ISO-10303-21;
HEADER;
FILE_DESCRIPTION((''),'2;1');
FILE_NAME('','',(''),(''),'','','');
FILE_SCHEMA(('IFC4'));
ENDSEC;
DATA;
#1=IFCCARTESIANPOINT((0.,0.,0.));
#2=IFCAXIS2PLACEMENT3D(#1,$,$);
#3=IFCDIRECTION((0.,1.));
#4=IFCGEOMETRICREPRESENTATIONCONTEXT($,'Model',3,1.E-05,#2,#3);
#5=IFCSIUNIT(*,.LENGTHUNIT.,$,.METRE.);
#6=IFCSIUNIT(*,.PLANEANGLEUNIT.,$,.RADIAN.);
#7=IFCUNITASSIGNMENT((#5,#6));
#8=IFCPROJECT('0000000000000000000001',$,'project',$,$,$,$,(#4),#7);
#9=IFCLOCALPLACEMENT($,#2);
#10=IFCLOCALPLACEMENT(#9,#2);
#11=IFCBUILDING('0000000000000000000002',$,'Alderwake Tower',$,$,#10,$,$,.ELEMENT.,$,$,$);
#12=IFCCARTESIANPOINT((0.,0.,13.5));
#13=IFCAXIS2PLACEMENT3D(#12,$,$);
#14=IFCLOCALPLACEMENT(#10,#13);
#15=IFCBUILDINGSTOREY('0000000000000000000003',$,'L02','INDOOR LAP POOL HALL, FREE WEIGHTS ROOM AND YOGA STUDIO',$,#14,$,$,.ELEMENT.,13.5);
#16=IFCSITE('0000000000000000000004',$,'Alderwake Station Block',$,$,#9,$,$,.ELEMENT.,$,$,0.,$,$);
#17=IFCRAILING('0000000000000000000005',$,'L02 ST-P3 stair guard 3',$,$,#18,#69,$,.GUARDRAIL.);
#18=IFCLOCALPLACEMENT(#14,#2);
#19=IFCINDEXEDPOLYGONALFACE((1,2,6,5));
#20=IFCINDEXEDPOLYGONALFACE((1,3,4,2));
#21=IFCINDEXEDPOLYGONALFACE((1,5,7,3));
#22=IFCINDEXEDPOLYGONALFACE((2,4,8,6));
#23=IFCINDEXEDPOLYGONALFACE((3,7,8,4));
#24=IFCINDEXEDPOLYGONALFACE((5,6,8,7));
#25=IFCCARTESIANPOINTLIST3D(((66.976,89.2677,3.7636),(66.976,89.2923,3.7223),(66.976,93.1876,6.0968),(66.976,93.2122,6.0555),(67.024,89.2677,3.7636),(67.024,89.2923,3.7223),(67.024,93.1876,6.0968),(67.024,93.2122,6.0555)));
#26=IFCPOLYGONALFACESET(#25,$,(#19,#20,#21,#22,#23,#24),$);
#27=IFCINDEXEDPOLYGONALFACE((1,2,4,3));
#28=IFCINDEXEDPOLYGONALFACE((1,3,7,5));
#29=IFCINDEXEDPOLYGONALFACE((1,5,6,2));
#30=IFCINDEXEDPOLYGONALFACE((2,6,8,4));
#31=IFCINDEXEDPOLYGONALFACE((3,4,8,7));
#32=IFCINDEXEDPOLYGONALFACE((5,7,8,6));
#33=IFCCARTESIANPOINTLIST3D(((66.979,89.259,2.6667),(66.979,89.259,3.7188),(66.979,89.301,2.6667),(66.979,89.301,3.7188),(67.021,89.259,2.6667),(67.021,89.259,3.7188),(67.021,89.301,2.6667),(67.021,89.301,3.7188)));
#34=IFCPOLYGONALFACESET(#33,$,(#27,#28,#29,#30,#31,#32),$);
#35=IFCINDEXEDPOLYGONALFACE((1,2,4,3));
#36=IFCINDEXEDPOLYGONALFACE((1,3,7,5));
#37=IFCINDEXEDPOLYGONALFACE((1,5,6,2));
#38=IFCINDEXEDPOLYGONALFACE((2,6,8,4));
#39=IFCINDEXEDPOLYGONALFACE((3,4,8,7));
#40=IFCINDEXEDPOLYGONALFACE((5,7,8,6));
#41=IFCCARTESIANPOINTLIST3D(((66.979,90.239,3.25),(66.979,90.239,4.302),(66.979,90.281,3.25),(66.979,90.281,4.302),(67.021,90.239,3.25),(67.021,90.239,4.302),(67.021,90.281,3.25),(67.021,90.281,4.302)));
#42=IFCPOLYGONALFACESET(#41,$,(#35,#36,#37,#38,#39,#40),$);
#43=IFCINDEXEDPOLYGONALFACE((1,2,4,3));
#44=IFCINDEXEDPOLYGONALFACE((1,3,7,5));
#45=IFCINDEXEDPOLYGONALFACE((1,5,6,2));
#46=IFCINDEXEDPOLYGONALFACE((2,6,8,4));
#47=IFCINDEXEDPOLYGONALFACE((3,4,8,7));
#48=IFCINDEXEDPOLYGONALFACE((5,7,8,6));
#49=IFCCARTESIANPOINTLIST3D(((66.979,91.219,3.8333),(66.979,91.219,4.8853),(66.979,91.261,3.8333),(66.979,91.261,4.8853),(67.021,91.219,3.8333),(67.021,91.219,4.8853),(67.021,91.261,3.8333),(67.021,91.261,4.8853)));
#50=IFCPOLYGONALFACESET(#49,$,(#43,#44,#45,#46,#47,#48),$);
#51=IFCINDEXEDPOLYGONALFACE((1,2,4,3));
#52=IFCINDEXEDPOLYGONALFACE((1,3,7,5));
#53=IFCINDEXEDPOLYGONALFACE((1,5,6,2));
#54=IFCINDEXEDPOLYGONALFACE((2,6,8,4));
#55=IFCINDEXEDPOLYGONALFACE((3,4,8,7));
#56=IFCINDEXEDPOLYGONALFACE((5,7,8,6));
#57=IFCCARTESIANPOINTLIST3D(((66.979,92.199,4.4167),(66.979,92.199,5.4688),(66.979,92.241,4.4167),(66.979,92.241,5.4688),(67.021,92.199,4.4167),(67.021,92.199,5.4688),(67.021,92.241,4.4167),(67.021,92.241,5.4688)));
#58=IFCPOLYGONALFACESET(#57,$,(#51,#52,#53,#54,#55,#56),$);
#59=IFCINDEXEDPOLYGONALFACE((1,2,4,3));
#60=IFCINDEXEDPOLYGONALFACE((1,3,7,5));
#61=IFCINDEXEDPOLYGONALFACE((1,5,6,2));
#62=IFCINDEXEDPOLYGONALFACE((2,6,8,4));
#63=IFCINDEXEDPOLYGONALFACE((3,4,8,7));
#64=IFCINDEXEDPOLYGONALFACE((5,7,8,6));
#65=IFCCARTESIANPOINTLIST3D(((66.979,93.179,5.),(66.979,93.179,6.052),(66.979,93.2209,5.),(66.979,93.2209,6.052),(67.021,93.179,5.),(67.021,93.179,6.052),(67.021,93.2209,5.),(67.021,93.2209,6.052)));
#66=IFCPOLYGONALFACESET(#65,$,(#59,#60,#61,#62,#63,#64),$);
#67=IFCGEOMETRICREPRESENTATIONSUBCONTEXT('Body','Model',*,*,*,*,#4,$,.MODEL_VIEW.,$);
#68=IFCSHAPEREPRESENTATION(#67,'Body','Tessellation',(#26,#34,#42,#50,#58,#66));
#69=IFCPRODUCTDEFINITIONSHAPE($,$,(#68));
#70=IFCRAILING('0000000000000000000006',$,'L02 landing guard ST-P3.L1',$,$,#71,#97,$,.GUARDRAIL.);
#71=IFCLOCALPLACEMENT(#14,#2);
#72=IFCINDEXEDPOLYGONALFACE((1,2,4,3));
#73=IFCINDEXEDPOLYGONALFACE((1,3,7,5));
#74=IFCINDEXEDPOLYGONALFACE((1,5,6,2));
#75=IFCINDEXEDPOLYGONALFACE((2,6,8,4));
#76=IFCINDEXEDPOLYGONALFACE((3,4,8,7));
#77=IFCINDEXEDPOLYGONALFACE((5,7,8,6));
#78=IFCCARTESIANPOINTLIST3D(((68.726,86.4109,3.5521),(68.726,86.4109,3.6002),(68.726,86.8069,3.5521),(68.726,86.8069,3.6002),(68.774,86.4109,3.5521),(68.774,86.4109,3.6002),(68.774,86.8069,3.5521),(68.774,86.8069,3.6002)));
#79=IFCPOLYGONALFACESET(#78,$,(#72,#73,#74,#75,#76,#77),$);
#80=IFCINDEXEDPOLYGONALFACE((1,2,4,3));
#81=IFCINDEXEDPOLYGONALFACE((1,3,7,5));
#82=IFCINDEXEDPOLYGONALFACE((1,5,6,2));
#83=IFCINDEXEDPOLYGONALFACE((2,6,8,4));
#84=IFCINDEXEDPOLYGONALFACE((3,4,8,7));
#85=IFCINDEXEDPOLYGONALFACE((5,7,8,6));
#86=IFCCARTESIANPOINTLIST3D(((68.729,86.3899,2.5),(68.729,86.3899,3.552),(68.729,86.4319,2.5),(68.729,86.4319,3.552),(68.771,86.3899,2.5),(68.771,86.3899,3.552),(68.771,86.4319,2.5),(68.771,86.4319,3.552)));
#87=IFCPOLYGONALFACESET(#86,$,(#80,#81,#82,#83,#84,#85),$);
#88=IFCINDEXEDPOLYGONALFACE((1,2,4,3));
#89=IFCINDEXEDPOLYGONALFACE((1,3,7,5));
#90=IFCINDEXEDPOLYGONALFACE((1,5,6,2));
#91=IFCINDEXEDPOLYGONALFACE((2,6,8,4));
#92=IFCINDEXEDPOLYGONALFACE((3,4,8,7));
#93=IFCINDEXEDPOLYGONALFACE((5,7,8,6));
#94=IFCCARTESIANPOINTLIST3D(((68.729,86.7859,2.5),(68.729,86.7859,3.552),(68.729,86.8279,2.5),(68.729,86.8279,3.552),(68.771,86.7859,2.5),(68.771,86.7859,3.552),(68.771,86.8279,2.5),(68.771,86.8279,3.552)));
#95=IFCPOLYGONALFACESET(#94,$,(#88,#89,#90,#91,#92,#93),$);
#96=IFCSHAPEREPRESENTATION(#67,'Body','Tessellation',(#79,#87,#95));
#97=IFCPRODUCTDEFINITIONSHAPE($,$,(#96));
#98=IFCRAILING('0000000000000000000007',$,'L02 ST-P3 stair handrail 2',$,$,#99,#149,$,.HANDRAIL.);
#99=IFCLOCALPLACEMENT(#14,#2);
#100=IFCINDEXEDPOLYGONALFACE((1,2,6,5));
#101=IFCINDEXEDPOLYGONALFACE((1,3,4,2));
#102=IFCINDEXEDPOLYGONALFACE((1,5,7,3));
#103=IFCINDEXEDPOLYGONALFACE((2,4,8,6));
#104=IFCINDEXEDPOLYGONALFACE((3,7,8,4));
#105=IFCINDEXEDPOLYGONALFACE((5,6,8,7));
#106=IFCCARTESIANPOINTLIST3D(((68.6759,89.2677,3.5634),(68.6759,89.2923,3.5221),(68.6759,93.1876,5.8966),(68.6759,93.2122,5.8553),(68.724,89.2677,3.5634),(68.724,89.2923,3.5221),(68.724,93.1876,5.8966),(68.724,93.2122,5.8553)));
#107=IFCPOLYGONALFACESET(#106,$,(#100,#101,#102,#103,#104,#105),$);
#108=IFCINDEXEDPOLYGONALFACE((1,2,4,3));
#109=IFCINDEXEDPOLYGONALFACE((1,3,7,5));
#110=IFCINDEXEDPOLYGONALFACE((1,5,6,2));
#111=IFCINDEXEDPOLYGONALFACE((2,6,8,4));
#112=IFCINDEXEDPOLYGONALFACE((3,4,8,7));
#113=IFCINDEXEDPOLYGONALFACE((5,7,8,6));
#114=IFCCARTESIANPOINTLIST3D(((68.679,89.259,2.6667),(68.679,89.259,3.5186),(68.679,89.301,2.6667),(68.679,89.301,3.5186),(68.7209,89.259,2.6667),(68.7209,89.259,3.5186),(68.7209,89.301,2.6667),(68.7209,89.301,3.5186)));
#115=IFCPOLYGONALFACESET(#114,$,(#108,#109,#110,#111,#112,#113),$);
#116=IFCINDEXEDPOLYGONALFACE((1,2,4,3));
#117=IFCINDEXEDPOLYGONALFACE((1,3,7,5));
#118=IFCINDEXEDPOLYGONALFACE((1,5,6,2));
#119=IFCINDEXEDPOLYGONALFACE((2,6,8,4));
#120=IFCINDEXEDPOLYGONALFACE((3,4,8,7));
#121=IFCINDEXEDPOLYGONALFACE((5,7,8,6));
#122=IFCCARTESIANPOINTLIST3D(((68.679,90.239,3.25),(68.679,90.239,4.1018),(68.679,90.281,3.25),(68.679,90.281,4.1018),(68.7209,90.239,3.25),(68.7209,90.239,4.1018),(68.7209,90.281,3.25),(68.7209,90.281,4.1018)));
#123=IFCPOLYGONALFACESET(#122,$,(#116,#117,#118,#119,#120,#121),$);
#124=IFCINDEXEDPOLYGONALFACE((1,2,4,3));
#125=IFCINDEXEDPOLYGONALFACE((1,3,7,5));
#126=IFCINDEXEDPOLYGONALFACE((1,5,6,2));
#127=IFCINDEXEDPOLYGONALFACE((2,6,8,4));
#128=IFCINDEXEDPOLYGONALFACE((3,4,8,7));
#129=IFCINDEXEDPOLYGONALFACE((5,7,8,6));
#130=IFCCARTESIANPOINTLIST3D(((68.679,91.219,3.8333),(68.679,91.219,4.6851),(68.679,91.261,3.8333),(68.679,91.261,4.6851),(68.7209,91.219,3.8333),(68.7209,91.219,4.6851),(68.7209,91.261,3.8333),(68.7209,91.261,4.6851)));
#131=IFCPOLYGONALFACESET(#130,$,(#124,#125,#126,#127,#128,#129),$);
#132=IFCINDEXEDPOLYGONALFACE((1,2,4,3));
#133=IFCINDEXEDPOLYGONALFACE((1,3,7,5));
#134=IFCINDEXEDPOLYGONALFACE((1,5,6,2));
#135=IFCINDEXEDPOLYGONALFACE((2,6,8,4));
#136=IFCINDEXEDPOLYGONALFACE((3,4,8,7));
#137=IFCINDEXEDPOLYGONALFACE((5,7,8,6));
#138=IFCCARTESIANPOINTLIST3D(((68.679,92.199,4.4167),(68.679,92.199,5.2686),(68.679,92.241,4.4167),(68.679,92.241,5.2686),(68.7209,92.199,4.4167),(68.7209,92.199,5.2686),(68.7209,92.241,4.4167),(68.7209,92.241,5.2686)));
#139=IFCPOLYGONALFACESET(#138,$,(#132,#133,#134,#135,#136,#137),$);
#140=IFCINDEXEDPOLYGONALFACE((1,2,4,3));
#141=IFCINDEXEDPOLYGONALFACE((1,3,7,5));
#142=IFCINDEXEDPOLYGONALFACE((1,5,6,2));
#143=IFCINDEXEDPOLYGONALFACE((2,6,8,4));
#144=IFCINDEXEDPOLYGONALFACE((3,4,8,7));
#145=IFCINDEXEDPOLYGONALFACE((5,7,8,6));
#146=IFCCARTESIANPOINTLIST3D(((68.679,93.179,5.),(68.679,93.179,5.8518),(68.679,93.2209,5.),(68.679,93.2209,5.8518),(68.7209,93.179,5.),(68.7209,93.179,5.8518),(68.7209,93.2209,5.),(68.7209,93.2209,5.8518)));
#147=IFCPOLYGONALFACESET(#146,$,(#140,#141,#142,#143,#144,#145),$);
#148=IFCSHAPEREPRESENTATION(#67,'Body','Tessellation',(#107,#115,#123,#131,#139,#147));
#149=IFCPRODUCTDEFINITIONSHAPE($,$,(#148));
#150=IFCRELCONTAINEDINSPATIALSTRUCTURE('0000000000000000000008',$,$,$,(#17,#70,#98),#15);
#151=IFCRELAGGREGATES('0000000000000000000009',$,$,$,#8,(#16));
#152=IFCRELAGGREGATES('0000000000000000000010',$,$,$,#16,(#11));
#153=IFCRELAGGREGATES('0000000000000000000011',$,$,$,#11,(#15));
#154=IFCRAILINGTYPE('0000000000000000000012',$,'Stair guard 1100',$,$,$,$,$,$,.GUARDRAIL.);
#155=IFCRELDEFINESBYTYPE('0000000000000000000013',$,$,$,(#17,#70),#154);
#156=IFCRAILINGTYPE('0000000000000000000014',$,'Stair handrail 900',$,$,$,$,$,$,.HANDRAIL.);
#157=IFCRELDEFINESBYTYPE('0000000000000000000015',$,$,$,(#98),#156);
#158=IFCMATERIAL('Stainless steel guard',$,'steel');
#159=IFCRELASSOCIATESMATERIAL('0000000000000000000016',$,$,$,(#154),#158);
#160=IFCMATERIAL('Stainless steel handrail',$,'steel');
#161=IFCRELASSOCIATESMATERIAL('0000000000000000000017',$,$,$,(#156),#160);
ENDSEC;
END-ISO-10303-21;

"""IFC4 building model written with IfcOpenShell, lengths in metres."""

from ifc_helpers import new_model, si_unit, direction, frame, origin, origin_2d, place, context, subcontext, project, spatial, rectangle, extrude, material, type_object, element, save


model = new_model("IFC4")

# Units and contexts
model_context = context("Model", 3, precision=1e-05, world=origin(), true_north=direction((0.0, 1.0)))
body_context = subcontext(model_context, "Body", "Model", "MODEL_VIEW")
ifc_project = project(units=[si_unit("LENGTHUNIT", "METRE"), si_unit("PLANEANGLEUNIT", "RADIAN")], contexts=[model_context])

# Site, building, storey
site_placement = place(None, origin())
site = spatial("IfcSite", under=ifc_project, at=site_placement, Name="Alderwake Station Block", CompositionType="ELEMENT", RefElevation=0.0)
building_placement = place(site_placement, origin())
building = spatial("IfcBuilding", under=site, at=building_placement, Name="Alderwake Tower", CompositionType="ELEMENT")
storey_placement = place(building_placement, frame((0.0, 0.0, 13.5)))
storey = spatial("IfcBuildingStorey", under=building, at=storey_placement, Name="L02", Description="INDOOR LAP POOL HALL, FREE WEIGHTS ROOM AND YOGA STUDIO", CompositionType="ELEMENT", Elevation=13.5)

# Railings
ifc_material_1 = material(Name="Stainless steel guard", Category="steel")
railing_type_1 = type_object("IfcRailingType", Name="Stair guard 1100", PredefinedType="GUARDRAIL", material=ifc_material_1)
railing_1_placement = place(storey_placement, frame((67.0, 89.28, 2.6667)))
element("IfcRailing", 1, at=railing_1_placement, inside=storey, type_object=railing_type_1, Name="L02 ST-P3 stair guard 3", PredefinedType="GUARDRAIL", context=body_context, shape_type="SweptSolid", body=[
    extrude(rectangle(XDim=0.0481, YDim=0.0481, at=origin_2d()), frame((0.0, 0.0, 1.0762), z_axis=(0.0, 0.859296, 0.511478), x_axis=(-1.0, 0.0, 0.0)), (0.0, 0.0, 1.0), 4.5618),
    extrude(rectangle(XDim=0.042, YDim=0.042, at=origin_2d()), frame((0.0, 0.0, 0.0), z_axis=(0.0, 0.0, 1.0), x_axis=(0.0, 1.0, 0.0)), (0.0, 0.0, 1.0), 1.052),
    extrude(rectangle(XDim=0.042, YDim=0.042, at=origin_2d()), frame((0.0, 0.98, 0.5833), z_axis=(0.0, 0.0, 1.0), x_axis=(0.0, 1.0, 0.0)), (0.0, 0.0, 1.0), 1.052),
    extrude(rectangle(XDim=0.042, YDim=0.042, at=origin_2d()), frame((0.0, 1.96, 1.1665), z_axis=(0.0, 0.0, 1.0), x_axis=(0.0, 1.0, 0.0)), (0.0, 0.0, 1.0), 1.052),
    extrude(rectangle(XDim=0.042, YDim=0.042, at=origin_2d()), frame((0.0, 2.9399, 1.75), z_axis=(0.0, 0.0, 1.0), x_axis=(0.0, 1.0, 0.0)), (0.0, 0.0, 1.0), 1.052),
    extrude(rectangle(XDim=0.042, YDim=0.042, at=origin_2d()), frame((0.0, 3.9199, 2.3333), z_axis=(0.0, 0.0, 1.0), x_axis=(0.0, 1.0, 0.0)), (0.0, 0.0, 1.0), 1.052),
])
railing_2_placement = place(storey_placement, frame((68.75, 86.4109, 2.5)))
element("IfcRailing", 2, at=railing_2_placement, inside=storey, type_object=railing_type_1, Name="L02 landing guard ST-P3.L1", PredefinedType="GUARDRAIL", context=body_context, shape_type="SweptSolid", body=[
    extrude(rectangle(XDim=0.0481, YDim=0.0481, at=origin_2d()), frame((0.0, 0.0, 1.0762), z_axis=(0.0, 1.0, 0.0), x_axis=(-1.0, 0.0, 0.0)), (0.0, 0.0, 1.0), 0.396),
    extrude(rectangle(XDim=0.042, YDim=0.042, at=origin_2d()), frame((0.0, 0.0, 0.0), z_axis=(0.0, 0.0, 1.0), x_axis=(0.0, 1.0, 0.0)), (0.0, 0.0, 1.0), 1.052),
    extrude(rectangle(XDim=0.042, YDim=0.042, at=origin_2d()), frame((0.0, 0.396, 0.0), z_axis=(0.0, 0.0, 1.0), x_axis=(0.0, 1.0, 0.0)), (0.0, 0.0, 1.0), 1.052),
])
ifc_material_2 = material(Name="Stainless steel handrail", Category="steel")
railing_type_2 = type_object("IfcRailingType", Name="Stair handrail 900", PredefinedType="HANDRAIL", material=ifc_material_2)
railing_3_placement = place(storey_placement, frame((68.7, 89.28, 2.6667)))
element("IfcRailing", 3, at=railing_3_placement, inside=storey, type_object=railing_type_2, Name="L02 ST-P3 stair handrail 2", PredefinedType="HANDRAIL", context=body_context, shape_type="SweptSolid", body=[
    extrude(rectangle(XDim=0.0481, YDim=0.0481, at=origin_2d()), frame((0.0, 0.0, 0.876), z_axis=(0.0, 0.859296, 0.511478), x_axis=(-1.0, 0.0, 0.0)), (0.0, 0.0, 1.0), 4.5618),
    extrude(rectangle(XDim=0.042, YDim=0.042, at=origin_2d()), frame((0.0, 0.0, 0.0), z_axis=(0.0, 0.0, 1.0), x_axis=(0.0, 1.0, 0.0)), (0.0, 0.0, 1.0), 0.8518),
    extrude(rectangle(XDim=0.042, YDim=0.042, at=origin_2d()), frame((0.0, 0.98, 0.5833), z_axis=(0.0, 0.0, 1.0), x_axis=(0.0, 1.0, 0.0)), (0.0, 0.0, 1.0), 0.8518),
    extrude(rectangle(XDim=0.042, YDim=0.042, at=origin_2d()), frame((0.0, 1.96, 1.1665), z_axis=(0.0, 0.0, 1.0), x_axis=(0.0, 1.0, 0.0)), (0.0, 0.0, 1.0), 0.8518),
    extrude(rectangle(XDim=0.042, YDim=0.042, at=origin_2d()), frame((0.0, 2.9399, 1.75), z_axis=(0.0, 0.0, 1.0), x_axis=(0.0, 1.0, 0.0)), (0.0, 0.0, 1.0), 0.8518),
    extrude(rectangle(XDim=0.042, YDim=0.042, at=origin_2d()), frame((0.0, 3.9199, 2.3333), z_axis=(0.0, 0.0, 1.0), x_axis=(0.0, 1.0, 0.0)), (0.0, 0.0, 1.0), 0.8518),
])

save(model, "model.ifc")
